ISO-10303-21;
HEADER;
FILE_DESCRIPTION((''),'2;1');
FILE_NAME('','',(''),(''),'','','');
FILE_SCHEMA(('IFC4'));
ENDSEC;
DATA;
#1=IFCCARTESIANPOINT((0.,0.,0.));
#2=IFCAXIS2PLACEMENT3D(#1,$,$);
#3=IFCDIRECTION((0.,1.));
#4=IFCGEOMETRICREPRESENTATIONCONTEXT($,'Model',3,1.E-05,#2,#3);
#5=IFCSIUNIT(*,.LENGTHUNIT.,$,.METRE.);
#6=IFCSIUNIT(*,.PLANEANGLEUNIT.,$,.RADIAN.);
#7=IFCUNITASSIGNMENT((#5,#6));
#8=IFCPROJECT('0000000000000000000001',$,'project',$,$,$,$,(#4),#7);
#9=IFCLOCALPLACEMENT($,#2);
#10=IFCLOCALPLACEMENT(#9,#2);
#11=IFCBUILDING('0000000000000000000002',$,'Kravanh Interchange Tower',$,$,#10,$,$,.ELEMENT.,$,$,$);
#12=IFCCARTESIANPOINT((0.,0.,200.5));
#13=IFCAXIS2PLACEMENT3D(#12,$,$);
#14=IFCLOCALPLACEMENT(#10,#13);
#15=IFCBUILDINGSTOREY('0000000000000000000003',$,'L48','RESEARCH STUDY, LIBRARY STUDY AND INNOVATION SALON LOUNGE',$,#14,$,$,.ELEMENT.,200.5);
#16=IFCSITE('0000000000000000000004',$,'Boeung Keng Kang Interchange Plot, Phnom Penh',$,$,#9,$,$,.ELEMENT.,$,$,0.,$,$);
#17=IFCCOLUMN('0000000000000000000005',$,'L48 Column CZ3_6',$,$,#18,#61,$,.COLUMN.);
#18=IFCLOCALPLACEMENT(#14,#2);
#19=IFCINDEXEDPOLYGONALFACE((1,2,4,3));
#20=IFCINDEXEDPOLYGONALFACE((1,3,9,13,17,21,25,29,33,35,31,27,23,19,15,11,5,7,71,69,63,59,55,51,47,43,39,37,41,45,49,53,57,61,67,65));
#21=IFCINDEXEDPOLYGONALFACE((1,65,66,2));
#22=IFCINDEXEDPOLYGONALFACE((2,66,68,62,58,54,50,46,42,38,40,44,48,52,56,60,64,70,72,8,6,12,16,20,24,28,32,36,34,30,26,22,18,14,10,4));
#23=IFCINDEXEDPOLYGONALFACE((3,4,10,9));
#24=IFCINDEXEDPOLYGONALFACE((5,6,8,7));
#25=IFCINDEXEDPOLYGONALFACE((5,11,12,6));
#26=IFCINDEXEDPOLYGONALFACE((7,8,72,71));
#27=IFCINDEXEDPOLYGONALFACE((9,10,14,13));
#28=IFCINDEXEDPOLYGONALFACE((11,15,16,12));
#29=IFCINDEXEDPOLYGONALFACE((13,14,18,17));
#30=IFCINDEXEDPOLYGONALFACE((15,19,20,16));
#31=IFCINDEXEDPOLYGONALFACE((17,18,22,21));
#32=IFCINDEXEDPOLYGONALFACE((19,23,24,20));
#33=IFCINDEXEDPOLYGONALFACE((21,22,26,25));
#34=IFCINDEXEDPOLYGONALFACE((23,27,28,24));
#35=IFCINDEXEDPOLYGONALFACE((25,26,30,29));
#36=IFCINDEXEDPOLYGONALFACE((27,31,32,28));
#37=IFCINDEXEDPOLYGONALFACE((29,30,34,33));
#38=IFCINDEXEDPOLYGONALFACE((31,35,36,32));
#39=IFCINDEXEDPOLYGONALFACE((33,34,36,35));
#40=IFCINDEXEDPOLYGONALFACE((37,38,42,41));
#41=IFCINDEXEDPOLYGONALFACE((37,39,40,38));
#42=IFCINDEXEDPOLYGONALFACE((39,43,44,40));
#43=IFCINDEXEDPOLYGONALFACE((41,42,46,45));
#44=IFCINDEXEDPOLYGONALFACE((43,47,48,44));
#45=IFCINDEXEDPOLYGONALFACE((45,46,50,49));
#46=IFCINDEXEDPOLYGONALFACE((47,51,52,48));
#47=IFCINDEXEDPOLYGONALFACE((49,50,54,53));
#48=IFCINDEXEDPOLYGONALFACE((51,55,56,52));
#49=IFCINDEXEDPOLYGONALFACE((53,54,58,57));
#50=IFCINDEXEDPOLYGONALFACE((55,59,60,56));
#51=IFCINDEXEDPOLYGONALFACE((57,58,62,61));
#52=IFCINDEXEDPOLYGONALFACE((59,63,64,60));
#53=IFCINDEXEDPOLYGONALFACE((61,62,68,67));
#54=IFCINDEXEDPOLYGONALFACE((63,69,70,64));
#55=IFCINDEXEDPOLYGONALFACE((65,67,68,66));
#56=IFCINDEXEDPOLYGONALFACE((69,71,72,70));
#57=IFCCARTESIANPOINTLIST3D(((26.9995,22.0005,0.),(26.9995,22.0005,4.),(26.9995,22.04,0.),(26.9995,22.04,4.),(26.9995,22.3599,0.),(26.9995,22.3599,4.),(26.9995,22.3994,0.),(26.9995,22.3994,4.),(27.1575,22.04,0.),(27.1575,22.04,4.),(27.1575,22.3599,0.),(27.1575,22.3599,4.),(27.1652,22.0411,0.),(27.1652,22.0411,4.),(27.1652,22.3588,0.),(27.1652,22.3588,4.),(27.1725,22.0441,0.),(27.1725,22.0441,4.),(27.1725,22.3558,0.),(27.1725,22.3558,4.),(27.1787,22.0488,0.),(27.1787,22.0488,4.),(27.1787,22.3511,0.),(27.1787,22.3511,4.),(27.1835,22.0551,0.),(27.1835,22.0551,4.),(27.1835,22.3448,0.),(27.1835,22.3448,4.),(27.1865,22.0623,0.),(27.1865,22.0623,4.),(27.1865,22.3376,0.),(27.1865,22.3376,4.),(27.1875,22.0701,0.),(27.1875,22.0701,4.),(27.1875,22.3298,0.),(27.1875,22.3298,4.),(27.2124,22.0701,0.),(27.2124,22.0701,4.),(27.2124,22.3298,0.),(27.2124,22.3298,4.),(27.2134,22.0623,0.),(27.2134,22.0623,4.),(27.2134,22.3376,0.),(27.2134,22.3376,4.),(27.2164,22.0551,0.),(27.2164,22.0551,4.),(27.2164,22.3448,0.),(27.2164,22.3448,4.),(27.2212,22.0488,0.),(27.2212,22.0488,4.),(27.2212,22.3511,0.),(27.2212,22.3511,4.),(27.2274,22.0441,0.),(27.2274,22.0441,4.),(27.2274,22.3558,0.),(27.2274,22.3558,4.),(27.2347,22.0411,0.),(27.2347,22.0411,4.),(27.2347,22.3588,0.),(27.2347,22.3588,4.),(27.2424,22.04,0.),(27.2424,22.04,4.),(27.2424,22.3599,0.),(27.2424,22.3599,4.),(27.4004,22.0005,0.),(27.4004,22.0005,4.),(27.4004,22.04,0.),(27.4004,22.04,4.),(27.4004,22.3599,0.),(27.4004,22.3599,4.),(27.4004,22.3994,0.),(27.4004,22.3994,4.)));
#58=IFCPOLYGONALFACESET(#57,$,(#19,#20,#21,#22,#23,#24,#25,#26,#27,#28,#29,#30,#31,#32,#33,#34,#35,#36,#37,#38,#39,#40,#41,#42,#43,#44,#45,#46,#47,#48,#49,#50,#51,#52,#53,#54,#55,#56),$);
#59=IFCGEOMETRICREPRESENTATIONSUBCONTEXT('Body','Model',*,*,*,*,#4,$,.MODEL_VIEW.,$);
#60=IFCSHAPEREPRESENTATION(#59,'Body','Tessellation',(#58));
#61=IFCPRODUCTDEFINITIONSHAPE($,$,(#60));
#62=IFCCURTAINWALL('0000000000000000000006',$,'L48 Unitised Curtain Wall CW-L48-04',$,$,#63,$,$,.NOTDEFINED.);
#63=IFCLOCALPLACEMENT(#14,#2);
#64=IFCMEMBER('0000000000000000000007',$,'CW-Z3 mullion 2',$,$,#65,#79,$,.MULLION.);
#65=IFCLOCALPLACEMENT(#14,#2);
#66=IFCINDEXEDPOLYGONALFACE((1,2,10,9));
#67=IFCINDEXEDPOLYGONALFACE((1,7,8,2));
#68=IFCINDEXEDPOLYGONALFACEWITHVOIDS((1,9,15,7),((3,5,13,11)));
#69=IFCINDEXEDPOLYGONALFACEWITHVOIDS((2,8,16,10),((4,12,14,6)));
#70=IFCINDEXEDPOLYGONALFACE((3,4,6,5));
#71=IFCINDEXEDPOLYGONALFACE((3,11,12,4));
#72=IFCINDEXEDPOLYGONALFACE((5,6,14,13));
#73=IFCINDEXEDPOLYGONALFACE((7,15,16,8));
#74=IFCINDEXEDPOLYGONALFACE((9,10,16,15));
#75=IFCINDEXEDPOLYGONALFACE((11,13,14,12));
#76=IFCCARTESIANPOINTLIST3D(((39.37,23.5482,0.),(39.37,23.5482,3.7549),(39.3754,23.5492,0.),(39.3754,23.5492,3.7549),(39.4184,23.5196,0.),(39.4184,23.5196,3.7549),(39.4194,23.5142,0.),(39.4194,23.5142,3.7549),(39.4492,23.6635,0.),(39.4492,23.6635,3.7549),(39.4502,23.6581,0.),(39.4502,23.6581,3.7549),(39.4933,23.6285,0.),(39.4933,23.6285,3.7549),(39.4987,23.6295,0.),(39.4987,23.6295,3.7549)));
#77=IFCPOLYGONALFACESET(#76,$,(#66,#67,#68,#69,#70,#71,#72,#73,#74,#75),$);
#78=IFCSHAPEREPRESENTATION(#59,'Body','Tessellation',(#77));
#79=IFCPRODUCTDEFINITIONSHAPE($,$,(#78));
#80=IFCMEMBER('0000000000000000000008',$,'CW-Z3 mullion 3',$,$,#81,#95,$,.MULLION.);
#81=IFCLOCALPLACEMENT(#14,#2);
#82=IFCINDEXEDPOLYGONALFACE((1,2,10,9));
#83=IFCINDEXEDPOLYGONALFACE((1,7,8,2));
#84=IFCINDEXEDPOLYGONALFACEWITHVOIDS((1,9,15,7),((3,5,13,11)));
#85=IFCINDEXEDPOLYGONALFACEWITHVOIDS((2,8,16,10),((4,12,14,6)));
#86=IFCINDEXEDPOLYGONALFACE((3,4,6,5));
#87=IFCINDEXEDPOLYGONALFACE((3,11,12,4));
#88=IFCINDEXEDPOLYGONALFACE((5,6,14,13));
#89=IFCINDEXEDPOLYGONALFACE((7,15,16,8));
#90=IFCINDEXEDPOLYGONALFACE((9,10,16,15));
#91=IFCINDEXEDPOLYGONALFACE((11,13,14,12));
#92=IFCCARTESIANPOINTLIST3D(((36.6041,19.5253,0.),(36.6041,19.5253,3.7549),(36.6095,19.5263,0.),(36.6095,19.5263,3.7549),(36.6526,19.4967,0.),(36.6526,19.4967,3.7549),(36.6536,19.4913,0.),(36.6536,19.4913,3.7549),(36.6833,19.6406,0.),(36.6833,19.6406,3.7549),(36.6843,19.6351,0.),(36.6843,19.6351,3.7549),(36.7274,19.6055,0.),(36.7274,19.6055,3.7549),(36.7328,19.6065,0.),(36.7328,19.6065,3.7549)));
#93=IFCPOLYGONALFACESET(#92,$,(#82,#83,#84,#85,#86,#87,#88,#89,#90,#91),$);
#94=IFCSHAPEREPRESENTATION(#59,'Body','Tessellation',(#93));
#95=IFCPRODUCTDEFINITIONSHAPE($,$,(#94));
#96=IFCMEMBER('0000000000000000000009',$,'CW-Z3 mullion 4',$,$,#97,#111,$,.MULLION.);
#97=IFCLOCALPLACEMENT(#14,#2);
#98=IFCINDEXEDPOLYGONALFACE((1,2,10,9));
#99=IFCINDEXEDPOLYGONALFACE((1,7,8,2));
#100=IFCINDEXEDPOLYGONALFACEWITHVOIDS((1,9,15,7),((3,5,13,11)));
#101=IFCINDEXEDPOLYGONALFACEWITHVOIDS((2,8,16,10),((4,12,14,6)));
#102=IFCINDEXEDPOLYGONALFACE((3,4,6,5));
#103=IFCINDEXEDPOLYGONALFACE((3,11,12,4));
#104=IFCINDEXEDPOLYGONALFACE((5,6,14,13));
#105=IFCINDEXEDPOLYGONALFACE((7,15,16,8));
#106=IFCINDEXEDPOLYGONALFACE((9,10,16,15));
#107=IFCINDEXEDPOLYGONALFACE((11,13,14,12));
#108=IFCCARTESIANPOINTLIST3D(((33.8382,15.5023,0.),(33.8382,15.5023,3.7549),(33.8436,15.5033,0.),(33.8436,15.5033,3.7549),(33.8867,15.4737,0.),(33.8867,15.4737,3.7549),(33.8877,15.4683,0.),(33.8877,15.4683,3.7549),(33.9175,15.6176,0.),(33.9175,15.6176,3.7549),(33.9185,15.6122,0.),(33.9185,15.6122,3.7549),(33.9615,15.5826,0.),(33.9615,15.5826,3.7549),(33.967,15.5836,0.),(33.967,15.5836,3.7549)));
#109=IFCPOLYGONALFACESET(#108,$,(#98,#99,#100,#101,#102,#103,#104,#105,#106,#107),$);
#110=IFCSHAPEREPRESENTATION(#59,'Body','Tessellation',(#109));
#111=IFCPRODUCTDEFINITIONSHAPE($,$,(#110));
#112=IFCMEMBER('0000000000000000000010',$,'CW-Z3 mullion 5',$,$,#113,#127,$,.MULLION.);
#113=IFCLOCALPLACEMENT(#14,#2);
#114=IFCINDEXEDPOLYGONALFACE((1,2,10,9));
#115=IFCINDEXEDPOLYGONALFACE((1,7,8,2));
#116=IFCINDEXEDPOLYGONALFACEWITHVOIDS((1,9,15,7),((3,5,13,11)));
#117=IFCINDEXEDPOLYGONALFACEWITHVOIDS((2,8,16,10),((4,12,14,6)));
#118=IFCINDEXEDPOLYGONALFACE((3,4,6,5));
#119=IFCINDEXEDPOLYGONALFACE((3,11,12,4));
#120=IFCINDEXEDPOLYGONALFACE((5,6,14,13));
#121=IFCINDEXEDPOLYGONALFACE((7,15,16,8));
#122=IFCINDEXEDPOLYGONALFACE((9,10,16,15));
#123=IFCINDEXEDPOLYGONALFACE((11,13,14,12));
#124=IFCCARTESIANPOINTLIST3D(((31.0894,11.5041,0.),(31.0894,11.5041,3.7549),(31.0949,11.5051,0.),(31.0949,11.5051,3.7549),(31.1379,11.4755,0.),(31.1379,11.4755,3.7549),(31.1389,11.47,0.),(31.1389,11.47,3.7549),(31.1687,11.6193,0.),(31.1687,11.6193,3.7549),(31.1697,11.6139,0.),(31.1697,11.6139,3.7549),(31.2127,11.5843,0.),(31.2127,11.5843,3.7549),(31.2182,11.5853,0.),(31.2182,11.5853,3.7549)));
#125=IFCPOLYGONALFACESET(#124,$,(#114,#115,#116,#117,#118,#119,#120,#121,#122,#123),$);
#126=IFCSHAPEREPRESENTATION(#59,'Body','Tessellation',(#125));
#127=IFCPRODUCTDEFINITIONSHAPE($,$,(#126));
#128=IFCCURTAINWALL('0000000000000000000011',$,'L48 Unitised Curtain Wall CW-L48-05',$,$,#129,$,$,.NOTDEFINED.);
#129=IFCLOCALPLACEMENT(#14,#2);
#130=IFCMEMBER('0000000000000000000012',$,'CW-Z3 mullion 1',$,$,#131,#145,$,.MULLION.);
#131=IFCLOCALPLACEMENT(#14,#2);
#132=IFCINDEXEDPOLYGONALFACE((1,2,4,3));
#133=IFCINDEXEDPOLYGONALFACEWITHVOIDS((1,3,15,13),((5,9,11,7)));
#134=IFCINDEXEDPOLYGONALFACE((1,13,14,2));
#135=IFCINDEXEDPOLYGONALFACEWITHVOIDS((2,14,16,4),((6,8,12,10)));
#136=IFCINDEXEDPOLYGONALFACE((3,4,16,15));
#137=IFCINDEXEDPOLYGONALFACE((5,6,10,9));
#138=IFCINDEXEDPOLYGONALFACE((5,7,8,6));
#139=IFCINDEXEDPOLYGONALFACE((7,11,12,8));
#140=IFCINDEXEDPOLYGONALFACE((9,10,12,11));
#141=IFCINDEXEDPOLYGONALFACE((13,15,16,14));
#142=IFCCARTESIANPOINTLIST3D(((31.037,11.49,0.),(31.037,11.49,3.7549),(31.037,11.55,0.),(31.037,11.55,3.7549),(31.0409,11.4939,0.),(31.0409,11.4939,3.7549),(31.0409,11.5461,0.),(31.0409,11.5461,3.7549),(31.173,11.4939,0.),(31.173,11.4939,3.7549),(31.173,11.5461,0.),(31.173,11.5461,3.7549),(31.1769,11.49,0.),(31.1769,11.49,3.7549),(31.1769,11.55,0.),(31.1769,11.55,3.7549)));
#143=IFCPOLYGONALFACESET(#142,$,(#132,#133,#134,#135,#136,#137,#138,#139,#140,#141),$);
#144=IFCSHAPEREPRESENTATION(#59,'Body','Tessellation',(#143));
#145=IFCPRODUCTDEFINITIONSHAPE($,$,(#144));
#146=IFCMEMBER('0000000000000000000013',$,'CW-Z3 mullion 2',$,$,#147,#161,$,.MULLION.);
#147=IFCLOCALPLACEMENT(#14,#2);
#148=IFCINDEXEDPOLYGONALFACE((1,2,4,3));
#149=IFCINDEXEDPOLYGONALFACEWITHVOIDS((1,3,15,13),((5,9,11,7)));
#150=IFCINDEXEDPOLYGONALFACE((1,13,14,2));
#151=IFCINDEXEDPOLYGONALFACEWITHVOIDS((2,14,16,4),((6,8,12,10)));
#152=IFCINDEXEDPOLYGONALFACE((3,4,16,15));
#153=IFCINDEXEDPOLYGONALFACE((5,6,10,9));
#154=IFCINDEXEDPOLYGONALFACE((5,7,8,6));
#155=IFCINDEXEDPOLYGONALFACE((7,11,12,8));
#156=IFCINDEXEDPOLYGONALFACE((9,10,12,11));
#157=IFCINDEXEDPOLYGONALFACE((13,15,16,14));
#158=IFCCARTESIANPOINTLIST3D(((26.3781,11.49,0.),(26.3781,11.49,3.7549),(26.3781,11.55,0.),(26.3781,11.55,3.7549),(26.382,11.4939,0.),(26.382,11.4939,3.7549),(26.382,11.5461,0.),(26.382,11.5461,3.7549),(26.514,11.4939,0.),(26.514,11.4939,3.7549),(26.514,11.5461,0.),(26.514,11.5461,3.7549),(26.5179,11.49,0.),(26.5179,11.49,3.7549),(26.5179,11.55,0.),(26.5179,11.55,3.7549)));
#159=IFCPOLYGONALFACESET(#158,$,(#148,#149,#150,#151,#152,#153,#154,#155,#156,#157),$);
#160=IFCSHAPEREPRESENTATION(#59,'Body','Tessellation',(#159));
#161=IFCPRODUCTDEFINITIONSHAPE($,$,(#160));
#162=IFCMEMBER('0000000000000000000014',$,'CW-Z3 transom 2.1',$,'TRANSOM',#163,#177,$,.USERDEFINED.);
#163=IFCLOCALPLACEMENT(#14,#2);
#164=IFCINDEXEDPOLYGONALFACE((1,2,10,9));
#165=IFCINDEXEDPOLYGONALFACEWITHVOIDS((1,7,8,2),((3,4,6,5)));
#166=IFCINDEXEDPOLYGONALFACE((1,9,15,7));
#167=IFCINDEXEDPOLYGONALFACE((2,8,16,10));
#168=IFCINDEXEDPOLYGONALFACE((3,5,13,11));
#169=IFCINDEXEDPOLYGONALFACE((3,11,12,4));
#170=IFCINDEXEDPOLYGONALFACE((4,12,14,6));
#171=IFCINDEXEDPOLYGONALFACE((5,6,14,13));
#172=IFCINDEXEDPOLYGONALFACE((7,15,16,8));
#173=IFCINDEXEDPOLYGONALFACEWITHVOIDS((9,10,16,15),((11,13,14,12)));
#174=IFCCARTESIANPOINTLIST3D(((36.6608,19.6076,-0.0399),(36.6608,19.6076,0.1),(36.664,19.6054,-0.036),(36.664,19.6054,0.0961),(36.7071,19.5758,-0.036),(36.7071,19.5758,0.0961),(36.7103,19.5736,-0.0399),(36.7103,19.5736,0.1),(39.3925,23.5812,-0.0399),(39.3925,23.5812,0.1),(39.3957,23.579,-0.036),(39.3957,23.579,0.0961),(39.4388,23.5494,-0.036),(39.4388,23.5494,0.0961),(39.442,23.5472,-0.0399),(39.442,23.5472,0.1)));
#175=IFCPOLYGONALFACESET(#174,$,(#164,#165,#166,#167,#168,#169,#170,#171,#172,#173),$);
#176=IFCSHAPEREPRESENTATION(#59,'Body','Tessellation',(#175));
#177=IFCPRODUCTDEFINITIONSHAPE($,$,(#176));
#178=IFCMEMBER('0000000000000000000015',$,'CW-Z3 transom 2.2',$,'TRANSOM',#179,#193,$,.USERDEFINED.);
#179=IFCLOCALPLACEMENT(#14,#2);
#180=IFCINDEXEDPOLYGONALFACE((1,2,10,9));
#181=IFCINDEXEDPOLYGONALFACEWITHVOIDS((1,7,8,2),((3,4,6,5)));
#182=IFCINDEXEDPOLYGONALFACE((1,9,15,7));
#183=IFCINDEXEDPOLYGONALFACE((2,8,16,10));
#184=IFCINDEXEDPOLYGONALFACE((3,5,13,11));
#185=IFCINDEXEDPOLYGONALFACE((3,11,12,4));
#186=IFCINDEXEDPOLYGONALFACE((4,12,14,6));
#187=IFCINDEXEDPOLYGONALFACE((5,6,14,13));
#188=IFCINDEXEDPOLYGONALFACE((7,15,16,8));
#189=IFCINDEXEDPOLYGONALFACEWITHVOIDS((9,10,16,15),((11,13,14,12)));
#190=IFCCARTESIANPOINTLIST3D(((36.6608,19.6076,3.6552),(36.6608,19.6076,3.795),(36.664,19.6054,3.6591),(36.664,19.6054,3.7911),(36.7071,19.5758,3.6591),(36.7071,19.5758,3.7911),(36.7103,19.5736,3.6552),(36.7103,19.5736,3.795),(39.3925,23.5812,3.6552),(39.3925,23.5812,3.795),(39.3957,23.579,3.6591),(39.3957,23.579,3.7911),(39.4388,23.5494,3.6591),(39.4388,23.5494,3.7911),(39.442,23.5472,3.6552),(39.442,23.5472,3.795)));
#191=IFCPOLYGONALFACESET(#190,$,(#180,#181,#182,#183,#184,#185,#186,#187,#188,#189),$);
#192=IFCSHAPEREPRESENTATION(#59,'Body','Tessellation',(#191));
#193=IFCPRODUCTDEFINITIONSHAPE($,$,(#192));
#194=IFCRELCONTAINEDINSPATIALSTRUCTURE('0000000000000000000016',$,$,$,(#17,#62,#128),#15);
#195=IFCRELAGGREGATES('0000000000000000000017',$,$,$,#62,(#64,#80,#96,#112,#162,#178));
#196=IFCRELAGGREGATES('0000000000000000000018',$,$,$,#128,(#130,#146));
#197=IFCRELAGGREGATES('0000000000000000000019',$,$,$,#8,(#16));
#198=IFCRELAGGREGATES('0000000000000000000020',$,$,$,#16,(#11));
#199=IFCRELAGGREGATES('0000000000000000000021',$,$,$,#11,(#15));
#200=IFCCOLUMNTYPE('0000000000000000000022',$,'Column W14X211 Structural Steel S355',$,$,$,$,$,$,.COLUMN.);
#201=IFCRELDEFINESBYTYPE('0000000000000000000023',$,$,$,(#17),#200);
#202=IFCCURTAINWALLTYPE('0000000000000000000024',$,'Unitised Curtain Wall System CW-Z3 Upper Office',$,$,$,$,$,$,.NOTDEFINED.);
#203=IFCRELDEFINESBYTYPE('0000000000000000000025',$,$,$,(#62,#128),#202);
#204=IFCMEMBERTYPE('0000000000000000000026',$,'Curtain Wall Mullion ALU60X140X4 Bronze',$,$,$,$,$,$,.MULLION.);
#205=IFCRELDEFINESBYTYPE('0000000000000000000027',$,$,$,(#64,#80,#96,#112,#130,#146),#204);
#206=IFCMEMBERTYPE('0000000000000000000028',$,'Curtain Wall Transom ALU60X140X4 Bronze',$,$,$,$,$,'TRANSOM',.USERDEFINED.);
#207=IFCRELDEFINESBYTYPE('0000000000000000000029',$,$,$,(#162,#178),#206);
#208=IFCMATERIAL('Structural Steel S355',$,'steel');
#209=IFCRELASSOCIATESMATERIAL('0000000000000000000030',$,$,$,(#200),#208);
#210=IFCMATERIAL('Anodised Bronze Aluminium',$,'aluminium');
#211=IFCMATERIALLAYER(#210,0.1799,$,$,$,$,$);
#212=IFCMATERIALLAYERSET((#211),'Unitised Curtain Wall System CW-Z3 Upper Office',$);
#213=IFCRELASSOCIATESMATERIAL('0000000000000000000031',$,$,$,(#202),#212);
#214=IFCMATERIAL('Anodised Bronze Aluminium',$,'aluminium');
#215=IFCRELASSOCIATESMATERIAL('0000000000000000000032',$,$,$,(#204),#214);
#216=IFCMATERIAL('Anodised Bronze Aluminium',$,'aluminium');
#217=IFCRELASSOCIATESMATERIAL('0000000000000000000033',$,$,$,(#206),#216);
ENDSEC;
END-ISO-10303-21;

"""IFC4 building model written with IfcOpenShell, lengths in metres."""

from ifc_helpers import new_model, si_unit, direction, frame, origin, origin_2d, place, context, subcontext, project, spatial, hollow_rectangle, i_section, extrude, material, layer, layer_set, material_profile, profile_set, type_object, element, aggregate, save


model = new_model("IFC4")

# Units and contexts
model_context = context("Model", 3, precision=1e-05, world=origin(), true_north=direction((0.0, 1.0)))
body_context = subcontext(model_context, "Body", "Model", "MODEL_VIEW")
ifc_project = project(units=[si_unit("LENGTHUNIT", "METRE"), si_unit("PLANEANGLEUNIT", "RADIAN")], contexts=[model_context])

# Site, building, storey
site_placement = place(None, origin())
site = spatial("IfcSite", under=ifc_project, at=site_placement, Name="Boeung Keng Kang Interchange Plot, Phnom Penh", CompositionType="ELEMENT", RefElevation=0.0)
building_placement = place(site_placement, origin())
building = spatial("IfcBuilding", under=site, at=building_placement, Name="Kravanh Interchange Tower", CompositionType="ELEMENT")
storey_placement = place(building_placement, frame((0.0, 0.0, 200.5)))
storey = spatial("IfcBuildingStorey", under=building, at=storey_placement, Name="L48", Description="RESEARCH STUDY, LIBRARY STUDY AND INNOVATION SALON LOUNGE", CompositionType="ELEMENT", Elevation=200.5)

# Column
ifc_material_1 = material(Name="Structural Steel S355", Category="steel")
ifc_material_profile_1 = material_profile(ifc_material_1, i_section(OverallWidth=0.4009, OverallDepth=0.3989, WebThickness=0.0249, FlangeThickness=0.0396, FilletRadius=0.03, at=origin_2d()), Name="W14X211")
ifc_profile_set_1 = profile_set([ifc_material_profile_1], Name="Structural Steel S355")
column_type = type_object("IfcColumnType", Name="Column W14X211 Structural Steel S355", PredefinedType="COLUMN", material=ifc_profile_set_1)
for number, where, z_axis, x_axis, name in (
    (1, (27.2, 22.2, 0.0), (0.0, 0.0, 1.0), (1.0, 0.0, 0.0), "L48 Column CZ3_6"),
):
    element("IfcColumn", number, at=place(storey_placement, frame(where, z_axis=z_axis, x_axis=x_axis)), inside=storey, type_object=column_type, Name=name, PredefinedType="COLUMN", context=body_context, shape_type="SweptSolid", body=[
        extrude(i_section(OverallWidth=0.4009, OverallDepth=0.3989, WebThickness=0.0249, FlangeThickness=0.0396, FilletRadius=0.03, at=origin_2d()), origin(), (0.0, 0.0, 1.0), 4.0),
    ])

# Curtain walls, members
ifc_material_2 = material(Name="Anodised Bronze Aluminium", Category="aluminium")
ifc_layer_1 = layer(ifc_material_2, 0.1799)
ifc_layer_set_1 = layer_set([ifc_layer_1], Name="Unitised Curtain Wall System CW-Z3 Upper Office")
curtain_wall_type = type_object("IfcCurtainWallType", Name="Unitised Curtain Wall System CW-Z3 Upper Office", PredefinedType="NOTDEFINED", material=ifc_layer_set_1)
curtain_wall_1_placement = place(storey_placement, origin())
curtain_wall_1 = element("IfcCurtainWall", 2, at=curtain_wall_1_placement, inside=storey, type_object=curtain_wall_type, Name="L48 Unitised Curtain Wall CW-L48-04", PredefinedType="NOTDEFINED")
ifc_material_3 = material(Name="Anodised Bronze Aluminium", Category="aluminium")
ifc_material_profile_2 = material_profile(ifc_material_3, hollow_rectangle(XDim=0.0601, YDim=0.1399, WallThickness=0.0039, at=origin_2d()), Name="ALU60X140X4")
ifc_profile_set_2 = profile_set([ifc_material_profile_2], Name="Anodised Bronze Aluminium")
member_type_1 = type_object("IfcMemberType", Name="Curtain Wall Mullion ALU60X140X4 Bronze", PredefinedType="MULLION", material=ifc_profile_set_2)
member_1_placement = place(storey_placement, frame((39.4343, 23.5889, 0.0), z_axis=(0.0, 0.0, 1.0), x_axis=(0.824042, -0.566528, 0.0)))
member_1 = element("IfcMember", 3, at=member_1_placement, type_object=member_type_1, Name="CW-Z3 mullion 2", PredefinedType="MULLION", context=body_context, shape_type="SweptSolid", body=[
    extrude(hollow_rectangle(XDim=0.0601, YDim=0.1399, WallThickness=0.0039, at=origin_2d()), origin(), (0.0, 0.0, 1.0), 3.7549),
])
member_2_placement = place(storey_placement, frame((36.6685, 19.5659, 0.0), z_axis=(0.0, 0.0, 1.0), x_axis=(0.824042, -0.566528, 0.0)))
member_2 = element("IfcMember", 4, at=member_2_placement, type_object=member_type_1, Name="CW-Z3 mullion 3", PredefinedType="MULLION", context=body_context, shape_type="SweptSolid", body=[
    extrude(hollow_rectangle(XDim=0.0601, YDim=0.1399, WallThickness=0.0039, at=origin_2d()), origin(), (0.0, 0.0, 1.0), 3.7549),
])
member_3_placement = place(storey_placement, frame((33.9026, 15.543, 0.0), z_axis=(0.0, 0.0, 1.0), x_axis=(0.824042, -0.566528, 0.0)))
member_3 = element("IfcMember", 5, at=member_3_placement, type_object=member_type_1, Name="CW-Z3 mullion 4", PredefinedType="MULLION", context=body_context, shape_type="SweptSolid", body=[
    extrude(hollow_rectangle(XDim=0.0601, YDim=0.1399, WallThickness=0.0039, at=origin_2d()), origin(), (0.0, 0.0, 1.0), 3.7549),
])
member_4_placement = place(storey_placement, frame((31.1538, 11.5447, 0.0), z_axis=(0.0, 0.0, 1.0), x_axis=(0.824042, -0.566528, 0.0)))
member_4 = element("IfcMember", 6, at=member_4_placement, type_object=member_type_1, Name="CW-Z3 mullion 5", PredefinedType="MULLION", context=body_context, shape_type="SweptSolid", body=[
    extrude(hollow_rectangle(XDim=0.0601, YDim=0.1399, WallThickness=0.0039, at=origin_2d()), origin(), (0.0, 0.0, 1.0), 3.7549),
])
curtain_wall_2_placement = place(storey_placement, origin())
curtain_wall_2 = element("IfcCurtainWall", 7, at=curtain_wall_2_placement, inside=storey, type_object=curtain_wall_type, Name="L48 Unitised Curtain Wall CW-L48-05", PredefinedType="NOTDEFINED")
member_5_placement = place(storey_placement, frame((31.1069, 11.52, 0.0), z_axis=(0.0, 0.0, 1.0), x_axis=(0.0, -1.0, 0.0)))
member_5 = element("IfcMember", 8, at=member_5_placement, type_object=member_type_1, Name="CW-Z3 mullion 1", PredefinedType="MULLION", context=body_context, shape_type="SweptSolid", body=[
    extrude(hollow_rectangle(XDim=0.0601, YDim=0.1399, WallThickness=0.0039, at=origin_2d()), origin(), (0.0, 0.0, 1.0), 3.7549),
])
member_6_placement = place(storey_placement, frame((26.448, 11.52, 0.0), z_axis=(0.0, 0.0, 1.0), x_axis=(0.0, -1.0, 0.0)))
member_6 = element("IfcMember", 9, at=member_6_placement, type_object=member_type_1, Name="CW-Z3 mullion 2", PredefinedType="MULLION", context=body_context, shape_type="SweptSolid", body=[
    extrude(hollow_rectangle(XDim=0.0601, YDim=0.1399, WallThickness=0.0039, at=origin_2d()), origin(), (0.0, 0.0, 1.0), 3.7549),
])

# Members
ifc_material_4 = material(Name="Anodised Bronze Aluminium", Category="aluminium")
ifc_material_profile_3 = material_profile(ifc_material_4, hollow_rectangle(XDim=0.0601, YDim=0.1399, WallThickness=0.0039, at=origin_2d()), Name="ALU60X140X4")
ifc_profile_set_3 = profile_set([ifc_material_profile_3], Name="Anodised Bronze Aluminium")
member_type_2 = type_object("IfcMemberType", Name="Curtain Wall Transom ALU60X140X4 Bronze", ElementType="TRANSOM", PredefinedType="USERDEFINED", material=ifc_profile_set_3)
member_7_placement = place(storey_placement, frame((39.4172, 23.5642, 0.03), z_axis=(-0.566503, -0.82406, 0.0), x_axis=(0.82406, -0.566503, 0.0)))
member_7 = element("IfcMember", 10, at=member_7_placement, type_object=member_type_2, Name="CW-Z3 transom 2.1", ObjectType="TRANSOM", PredefinedType="USERDEFINED", context=body_context, shape_type="SweptSolid", body=[
    extrude(hollow_rectangle(XDim=0.0601, YDim=0.1399, WallThickness=0.0039, at=origin_2d()), origin(), (0.0, 0.0, 1.0), 4.822),
])
member_8_placement = place(storey_placement, frame((39.4172, 23.5642, 3.7251), z_axis=(-0.566503, -0.82406, 0.0), x_axis=(0.82406, -0.566503, 0.0)))
member_8 = element("IfcMember", 11, at=member_8_placement, type_object=member_type_2, Name="CW-Z3 transom 2.2", ObjectType="TRANSOM", PredefinedType="USERDEFINED", context=body_context, shape_type="SweptSolid", body=[
    extrude(hollow_rectangle(XDim=0.0601, YDim=0.1399, WallThickness=0.0039, at=origin_2d()), origin(), (0.0, 0.0, 1.0), 4.822),
])

aggregate(curtain_wall_1, [member_1, member_2, member_3, member_4, member_7, member_8])
aggregate(curtain_wall_2, [member_5, member_6])

save(model, "model.ifc")
